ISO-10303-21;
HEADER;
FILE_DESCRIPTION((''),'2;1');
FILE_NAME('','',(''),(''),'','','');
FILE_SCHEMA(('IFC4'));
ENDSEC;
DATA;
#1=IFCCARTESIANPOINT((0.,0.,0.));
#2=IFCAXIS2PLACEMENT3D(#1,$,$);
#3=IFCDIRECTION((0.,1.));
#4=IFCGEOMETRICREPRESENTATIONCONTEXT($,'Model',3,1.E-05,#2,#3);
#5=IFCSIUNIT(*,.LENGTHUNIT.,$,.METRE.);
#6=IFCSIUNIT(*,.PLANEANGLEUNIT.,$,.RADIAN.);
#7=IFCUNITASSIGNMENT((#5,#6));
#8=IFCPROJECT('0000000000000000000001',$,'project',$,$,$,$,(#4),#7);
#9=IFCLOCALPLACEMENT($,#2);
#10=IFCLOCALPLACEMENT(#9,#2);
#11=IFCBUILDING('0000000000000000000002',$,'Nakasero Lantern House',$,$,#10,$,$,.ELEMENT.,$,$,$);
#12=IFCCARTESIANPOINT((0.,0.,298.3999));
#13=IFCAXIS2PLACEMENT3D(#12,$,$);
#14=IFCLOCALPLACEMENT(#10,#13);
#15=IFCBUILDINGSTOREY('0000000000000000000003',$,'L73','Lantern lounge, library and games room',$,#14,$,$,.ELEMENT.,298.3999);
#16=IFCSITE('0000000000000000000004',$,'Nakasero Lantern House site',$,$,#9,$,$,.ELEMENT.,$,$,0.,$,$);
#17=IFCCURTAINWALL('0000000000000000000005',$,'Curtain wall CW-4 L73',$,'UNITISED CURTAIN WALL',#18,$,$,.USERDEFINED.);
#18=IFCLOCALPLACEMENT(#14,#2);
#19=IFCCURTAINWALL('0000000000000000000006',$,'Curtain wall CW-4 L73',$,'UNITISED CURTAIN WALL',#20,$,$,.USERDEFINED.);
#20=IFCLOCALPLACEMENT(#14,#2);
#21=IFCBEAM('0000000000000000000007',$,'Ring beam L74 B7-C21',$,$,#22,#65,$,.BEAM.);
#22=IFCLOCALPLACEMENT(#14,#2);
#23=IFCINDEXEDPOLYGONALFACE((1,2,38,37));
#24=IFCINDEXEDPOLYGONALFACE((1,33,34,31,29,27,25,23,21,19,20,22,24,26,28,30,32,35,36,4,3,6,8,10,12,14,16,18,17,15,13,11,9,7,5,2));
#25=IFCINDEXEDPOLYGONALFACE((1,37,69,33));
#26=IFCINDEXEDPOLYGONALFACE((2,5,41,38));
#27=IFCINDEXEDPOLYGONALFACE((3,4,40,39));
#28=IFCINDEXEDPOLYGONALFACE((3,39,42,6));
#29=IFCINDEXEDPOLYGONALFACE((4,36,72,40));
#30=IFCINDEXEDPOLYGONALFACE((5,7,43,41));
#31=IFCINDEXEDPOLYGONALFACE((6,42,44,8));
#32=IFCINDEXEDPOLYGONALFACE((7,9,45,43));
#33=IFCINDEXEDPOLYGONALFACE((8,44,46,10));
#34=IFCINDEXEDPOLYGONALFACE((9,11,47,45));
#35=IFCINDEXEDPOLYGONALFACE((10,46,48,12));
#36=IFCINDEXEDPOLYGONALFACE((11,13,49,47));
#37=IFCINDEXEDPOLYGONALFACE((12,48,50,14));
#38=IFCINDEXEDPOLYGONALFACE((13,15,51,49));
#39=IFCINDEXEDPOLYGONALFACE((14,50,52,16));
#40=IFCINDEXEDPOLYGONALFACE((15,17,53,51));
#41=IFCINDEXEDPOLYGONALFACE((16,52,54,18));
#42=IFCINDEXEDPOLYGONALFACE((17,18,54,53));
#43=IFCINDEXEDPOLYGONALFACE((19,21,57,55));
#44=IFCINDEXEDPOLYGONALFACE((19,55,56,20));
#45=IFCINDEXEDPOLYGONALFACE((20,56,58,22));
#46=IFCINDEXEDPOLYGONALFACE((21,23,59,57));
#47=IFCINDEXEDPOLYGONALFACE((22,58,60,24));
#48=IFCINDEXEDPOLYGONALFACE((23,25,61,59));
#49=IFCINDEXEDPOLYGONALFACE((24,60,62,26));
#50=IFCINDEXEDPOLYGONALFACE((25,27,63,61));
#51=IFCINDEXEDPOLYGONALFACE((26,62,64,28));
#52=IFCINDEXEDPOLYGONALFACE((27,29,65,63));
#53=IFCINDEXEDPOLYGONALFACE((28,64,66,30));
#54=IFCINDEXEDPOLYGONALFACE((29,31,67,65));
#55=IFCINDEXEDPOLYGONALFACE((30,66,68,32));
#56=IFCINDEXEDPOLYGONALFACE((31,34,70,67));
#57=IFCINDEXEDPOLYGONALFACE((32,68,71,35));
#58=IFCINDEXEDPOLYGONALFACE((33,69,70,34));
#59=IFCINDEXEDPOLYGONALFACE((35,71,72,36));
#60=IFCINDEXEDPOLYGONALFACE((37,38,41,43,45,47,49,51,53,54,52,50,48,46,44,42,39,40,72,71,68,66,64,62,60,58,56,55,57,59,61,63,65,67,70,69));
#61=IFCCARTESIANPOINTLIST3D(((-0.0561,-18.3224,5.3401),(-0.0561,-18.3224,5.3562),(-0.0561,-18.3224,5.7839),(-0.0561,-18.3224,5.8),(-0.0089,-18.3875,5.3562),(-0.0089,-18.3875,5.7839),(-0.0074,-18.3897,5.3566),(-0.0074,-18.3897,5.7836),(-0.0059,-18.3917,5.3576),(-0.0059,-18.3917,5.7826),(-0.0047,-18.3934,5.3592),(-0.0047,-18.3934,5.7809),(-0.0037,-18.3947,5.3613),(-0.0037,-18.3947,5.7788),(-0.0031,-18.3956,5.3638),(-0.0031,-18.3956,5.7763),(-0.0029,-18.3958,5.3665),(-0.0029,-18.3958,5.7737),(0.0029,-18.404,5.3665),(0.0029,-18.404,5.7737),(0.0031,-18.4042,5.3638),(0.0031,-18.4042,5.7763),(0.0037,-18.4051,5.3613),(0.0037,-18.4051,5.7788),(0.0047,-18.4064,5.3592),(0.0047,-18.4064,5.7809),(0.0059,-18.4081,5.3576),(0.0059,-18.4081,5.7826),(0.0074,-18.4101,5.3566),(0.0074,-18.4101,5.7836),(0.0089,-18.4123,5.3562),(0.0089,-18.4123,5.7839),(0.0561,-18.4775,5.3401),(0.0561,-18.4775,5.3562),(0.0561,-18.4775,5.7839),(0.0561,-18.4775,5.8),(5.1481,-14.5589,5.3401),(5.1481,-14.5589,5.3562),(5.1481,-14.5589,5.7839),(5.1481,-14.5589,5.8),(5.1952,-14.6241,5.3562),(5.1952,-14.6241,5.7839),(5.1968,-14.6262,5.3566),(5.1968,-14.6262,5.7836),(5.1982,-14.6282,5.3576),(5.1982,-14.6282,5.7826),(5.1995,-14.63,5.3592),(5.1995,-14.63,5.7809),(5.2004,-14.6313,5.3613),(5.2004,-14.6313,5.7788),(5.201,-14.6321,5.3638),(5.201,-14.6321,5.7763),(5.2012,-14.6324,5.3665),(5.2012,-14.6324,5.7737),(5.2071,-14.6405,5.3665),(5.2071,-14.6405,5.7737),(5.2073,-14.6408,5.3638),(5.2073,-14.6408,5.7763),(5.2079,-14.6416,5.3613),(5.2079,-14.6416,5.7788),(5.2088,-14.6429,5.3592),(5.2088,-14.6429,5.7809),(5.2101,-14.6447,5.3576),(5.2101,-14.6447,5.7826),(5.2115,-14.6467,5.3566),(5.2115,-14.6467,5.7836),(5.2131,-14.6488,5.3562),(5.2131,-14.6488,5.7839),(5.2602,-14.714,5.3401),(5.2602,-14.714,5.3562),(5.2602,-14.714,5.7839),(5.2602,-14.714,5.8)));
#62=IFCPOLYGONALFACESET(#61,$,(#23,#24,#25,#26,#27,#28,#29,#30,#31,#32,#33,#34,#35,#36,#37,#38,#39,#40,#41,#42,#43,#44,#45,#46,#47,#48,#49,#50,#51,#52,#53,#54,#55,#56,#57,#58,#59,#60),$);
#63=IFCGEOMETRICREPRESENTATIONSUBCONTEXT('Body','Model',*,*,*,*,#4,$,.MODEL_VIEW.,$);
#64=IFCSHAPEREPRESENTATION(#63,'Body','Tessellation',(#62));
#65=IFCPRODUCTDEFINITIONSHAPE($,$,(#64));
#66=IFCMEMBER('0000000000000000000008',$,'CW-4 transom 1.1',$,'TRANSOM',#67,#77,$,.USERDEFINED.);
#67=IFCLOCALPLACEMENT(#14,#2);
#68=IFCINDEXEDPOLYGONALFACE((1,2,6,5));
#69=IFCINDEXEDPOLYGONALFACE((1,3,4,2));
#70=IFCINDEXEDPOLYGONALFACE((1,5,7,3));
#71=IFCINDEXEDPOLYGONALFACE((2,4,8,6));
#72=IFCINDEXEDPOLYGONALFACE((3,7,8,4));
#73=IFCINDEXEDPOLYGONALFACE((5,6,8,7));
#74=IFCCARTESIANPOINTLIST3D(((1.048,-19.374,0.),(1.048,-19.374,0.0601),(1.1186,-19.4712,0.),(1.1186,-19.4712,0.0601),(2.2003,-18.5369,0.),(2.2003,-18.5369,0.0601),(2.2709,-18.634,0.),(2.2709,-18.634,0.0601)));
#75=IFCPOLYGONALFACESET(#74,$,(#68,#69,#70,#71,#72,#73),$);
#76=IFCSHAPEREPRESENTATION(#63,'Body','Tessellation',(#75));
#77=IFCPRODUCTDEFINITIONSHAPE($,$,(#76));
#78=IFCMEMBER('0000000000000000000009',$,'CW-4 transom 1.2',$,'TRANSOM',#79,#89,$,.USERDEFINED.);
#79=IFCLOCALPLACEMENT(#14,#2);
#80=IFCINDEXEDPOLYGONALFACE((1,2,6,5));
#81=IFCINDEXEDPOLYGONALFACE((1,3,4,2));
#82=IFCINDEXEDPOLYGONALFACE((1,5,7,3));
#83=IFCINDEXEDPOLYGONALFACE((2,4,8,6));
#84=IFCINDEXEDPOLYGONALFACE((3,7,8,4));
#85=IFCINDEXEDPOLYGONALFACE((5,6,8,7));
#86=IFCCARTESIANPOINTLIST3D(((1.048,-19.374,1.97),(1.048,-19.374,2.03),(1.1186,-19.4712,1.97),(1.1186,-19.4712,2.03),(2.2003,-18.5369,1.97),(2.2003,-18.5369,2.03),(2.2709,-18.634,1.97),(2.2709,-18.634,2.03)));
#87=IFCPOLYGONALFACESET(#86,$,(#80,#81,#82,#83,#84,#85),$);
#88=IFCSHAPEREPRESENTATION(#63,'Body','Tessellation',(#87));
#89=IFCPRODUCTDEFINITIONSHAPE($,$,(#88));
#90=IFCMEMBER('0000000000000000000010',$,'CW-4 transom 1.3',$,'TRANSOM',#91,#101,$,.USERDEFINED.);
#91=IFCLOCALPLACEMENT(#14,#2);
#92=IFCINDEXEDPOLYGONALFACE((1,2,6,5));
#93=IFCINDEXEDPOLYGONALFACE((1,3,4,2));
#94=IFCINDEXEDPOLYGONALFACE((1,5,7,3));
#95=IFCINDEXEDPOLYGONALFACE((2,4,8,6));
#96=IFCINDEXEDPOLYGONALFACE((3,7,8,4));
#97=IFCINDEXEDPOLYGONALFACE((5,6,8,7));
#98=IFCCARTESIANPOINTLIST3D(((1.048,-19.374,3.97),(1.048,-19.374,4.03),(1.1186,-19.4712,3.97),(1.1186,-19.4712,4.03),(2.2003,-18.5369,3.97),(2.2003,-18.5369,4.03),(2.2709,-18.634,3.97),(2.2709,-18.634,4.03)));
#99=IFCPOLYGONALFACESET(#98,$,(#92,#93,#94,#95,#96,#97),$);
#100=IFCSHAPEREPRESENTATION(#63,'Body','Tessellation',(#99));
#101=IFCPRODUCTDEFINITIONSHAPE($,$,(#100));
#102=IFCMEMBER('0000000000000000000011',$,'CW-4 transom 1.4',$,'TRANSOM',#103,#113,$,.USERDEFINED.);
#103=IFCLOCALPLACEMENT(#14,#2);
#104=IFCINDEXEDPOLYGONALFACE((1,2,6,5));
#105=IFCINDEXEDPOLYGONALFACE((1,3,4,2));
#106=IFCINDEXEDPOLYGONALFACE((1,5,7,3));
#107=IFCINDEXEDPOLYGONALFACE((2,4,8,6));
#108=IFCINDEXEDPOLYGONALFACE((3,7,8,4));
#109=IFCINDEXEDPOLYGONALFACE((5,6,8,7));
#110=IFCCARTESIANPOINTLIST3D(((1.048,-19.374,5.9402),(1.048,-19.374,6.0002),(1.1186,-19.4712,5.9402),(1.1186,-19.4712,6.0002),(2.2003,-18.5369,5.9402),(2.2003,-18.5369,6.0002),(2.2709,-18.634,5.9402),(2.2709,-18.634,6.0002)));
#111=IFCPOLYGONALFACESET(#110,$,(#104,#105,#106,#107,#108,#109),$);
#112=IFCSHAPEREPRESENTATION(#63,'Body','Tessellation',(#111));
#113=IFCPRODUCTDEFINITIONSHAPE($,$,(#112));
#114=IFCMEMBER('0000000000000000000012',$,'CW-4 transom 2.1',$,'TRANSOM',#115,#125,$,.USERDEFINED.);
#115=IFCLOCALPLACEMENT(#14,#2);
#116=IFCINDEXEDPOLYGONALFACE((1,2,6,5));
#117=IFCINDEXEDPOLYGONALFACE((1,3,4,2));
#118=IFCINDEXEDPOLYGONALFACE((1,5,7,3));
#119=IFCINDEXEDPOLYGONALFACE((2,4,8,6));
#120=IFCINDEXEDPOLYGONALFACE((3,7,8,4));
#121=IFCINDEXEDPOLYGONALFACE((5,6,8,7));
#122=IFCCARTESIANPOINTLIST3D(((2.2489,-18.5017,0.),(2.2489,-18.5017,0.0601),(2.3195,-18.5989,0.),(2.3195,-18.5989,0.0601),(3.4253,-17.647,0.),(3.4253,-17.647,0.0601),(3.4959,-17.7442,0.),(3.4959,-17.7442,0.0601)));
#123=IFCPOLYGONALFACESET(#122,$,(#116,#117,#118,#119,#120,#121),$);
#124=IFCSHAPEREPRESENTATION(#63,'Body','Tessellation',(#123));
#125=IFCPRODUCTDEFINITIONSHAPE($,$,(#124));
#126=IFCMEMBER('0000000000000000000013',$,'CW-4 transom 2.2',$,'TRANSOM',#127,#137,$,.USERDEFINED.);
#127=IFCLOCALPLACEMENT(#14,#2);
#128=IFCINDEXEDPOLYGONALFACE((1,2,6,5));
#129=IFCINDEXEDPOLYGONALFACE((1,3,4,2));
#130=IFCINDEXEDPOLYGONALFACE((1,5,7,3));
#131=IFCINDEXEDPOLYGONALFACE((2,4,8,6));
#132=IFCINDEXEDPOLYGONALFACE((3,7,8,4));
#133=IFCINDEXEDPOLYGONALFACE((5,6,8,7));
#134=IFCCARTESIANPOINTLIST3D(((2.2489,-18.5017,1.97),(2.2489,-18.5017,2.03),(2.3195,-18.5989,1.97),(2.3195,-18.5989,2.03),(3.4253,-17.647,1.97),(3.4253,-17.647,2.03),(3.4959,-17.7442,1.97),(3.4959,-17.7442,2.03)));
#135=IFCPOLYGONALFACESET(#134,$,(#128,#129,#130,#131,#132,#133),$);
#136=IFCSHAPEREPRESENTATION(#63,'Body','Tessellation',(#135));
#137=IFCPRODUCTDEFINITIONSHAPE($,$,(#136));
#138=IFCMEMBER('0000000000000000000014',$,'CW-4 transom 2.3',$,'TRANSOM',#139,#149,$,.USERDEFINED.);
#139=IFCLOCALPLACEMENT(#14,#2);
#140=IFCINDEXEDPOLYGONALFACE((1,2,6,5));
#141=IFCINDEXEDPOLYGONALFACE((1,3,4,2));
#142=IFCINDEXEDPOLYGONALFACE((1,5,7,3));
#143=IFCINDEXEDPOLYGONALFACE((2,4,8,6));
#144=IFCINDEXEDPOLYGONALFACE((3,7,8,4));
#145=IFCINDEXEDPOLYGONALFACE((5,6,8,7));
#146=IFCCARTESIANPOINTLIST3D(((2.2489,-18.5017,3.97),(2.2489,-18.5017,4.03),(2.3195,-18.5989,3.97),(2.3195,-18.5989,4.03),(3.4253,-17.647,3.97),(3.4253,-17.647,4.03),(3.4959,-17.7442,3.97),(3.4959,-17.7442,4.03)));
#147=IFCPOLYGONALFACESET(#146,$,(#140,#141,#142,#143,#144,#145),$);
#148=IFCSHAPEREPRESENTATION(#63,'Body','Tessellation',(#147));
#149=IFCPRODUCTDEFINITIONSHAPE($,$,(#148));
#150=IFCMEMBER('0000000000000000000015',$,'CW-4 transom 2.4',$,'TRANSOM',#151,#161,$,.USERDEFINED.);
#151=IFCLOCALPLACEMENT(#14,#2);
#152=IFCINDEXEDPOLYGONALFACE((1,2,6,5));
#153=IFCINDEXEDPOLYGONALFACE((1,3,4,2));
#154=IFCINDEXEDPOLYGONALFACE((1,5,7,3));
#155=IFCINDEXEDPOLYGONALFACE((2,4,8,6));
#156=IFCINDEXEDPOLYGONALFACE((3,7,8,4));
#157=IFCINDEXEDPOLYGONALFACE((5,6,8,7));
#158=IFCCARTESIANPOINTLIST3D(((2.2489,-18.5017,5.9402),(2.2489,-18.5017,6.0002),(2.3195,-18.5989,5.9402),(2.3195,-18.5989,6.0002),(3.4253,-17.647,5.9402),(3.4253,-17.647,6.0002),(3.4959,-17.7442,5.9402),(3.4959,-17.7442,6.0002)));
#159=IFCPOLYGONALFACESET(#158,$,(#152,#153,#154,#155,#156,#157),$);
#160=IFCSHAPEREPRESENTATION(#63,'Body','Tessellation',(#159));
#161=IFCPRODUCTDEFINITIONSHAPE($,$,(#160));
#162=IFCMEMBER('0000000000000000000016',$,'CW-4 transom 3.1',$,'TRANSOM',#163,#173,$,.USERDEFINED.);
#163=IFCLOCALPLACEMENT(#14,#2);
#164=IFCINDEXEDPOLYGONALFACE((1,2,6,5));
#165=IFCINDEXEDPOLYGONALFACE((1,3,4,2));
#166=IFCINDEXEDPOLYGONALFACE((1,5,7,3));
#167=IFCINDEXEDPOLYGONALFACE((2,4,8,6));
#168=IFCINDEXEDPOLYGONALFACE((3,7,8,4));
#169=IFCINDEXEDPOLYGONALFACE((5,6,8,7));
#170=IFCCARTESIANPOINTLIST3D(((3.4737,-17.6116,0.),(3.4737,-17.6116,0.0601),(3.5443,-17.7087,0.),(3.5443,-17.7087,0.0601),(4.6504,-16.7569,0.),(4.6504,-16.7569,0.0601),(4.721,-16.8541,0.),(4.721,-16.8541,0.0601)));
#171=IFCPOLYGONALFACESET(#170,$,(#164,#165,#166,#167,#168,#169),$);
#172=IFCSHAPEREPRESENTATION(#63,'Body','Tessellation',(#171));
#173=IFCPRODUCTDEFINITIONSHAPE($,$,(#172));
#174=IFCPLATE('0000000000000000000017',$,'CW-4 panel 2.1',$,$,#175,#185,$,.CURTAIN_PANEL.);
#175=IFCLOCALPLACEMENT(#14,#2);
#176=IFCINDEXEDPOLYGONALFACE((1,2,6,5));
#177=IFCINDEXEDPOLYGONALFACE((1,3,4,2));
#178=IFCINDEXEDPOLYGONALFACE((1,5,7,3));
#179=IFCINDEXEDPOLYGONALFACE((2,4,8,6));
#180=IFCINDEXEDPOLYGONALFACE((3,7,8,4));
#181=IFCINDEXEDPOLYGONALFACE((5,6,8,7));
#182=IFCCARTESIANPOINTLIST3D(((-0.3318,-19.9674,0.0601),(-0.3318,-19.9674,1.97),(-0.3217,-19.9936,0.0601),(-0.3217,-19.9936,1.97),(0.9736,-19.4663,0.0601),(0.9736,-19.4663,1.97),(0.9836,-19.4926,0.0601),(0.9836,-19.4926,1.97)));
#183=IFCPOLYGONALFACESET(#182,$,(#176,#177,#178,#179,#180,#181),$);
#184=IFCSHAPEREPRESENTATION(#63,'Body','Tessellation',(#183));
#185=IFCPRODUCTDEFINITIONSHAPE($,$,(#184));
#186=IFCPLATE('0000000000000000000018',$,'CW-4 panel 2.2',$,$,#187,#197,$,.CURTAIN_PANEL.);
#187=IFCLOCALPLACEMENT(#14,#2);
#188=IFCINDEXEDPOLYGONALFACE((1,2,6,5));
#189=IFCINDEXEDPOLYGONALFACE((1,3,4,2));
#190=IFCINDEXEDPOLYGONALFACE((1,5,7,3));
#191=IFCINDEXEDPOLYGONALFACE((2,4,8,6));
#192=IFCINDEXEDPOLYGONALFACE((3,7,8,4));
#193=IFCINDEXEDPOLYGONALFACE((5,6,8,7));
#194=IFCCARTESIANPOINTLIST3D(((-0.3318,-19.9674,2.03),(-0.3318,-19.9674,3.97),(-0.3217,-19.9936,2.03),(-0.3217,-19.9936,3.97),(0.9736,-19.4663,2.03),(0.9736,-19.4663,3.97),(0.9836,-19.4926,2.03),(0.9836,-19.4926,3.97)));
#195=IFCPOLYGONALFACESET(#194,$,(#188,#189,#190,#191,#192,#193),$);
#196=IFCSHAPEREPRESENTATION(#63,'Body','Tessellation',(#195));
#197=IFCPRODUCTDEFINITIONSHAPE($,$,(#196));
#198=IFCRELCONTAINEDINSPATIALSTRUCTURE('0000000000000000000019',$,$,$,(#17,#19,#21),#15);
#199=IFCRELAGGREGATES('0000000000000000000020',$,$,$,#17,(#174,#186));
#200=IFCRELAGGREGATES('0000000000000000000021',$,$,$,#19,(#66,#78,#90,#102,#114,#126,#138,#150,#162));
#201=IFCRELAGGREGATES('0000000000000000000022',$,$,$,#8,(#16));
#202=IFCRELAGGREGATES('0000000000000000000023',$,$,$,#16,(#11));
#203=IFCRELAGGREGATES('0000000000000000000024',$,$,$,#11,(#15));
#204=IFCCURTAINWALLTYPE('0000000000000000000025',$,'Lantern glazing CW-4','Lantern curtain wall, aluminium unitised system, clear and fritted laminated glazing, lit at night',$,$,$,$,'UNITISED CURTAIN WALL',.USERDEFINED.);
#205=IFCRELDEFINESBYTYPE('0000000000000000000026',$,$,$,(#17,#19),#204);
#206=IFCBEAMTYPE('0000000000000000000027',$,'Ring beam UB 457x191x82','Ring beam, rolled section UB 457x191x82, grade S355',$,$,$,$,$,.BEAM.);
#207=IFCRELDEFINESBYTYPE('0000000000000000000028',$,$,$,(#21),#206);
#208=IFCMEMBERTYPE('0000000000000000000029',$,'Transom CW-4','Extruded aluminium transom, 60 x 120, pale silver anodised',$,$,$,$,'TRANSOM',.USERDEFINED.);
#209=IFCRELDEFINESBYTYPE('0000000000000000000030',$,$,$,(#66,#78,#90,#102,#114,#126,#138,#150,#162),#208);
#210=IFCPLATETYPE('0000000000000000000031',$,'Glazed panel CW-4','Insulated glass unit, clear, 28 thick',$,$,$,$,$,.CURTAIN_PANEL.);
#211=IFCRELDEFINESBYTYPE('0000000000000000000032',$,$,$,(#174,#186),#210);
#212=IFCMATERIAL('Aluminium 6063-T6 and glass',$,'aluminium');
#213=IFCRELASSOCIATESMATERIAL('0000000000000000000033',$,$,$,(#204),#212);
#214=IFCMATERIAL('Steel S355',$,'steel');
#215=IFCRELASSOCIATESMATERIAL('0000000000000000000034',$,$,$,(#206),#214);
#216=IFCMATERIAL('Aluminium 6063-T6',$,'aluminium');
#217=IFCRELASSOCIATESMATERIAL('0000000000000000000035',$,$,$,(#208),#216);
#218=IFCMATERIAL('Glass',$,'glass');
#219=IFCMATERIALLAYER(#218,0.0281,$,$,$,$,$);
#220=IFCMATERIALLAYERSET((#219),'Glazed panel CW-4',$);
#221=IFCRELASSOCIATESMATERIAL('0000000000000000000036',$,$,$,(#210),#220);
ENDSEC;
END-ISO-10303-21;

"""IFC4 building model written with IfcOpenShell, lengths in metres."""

from ifc_helpers import new_model, si_unit, direction, frame, origin, origin_2d, place, context, subcontext, project, spatial, rectangle, i_section, extrude, material, layer, layer_set, material_profile, profile_set, type_object, element, aggregate, save


model = new_model("IFC4")

# Units and contexts
model_context = context("Model", 3, precision=1e-05, world=origin(), true_north=direction((0.0, 1.0)))
body_context = subcontext(model_context, "Body", "Model", "MODEL_VIEW")
ifc_project = project(units=[si_unit("LENGTHUNIT", "METRE"), si_unit("PLANEANGLEUNIT", "RADIAN")], contexts=[model_context])

# Site, building, storey
site_placement = place(None, origin())
site = spatial("IfcSite", under=ifc_project, at=site_placement, Name="Nakasero Lantern House site", CompositionType="ELEMENT", RefElevation=0.0)
building_placement = place(site_placement, origin())
building = spatial("IfcBuilding", under=site, at=building_placement, Name="Nakasero Lantern House", CompositionType="ELEMENT")
storey_placement = place(building_placement, frame((0.0, 0.0, 298.3999)))
storey = spatial("IfcBuildingStorey", under=building, at=storey_placement, Name="L73", Description="Lantern lounge, library and games room", CompositionType="ELEMENT", Elevation=298.3999)

# Curtain wall
ifc_material_1 = material(Name="Aluminium 6063-T6 and glass", Category="aluminium")
curtain_wall_type = type_object("IfcCurtainWallType", Name="Lantern glazing CW-4", Description="Lantern curtain wall, aluminium unitised system, clear and fritted laminated glazing, lit at night", ElementType="UNITISED CURTAIN WALL", PredefinedType="USERDEFINED", material=ifc_material_1)
curtain_wall_1_placement = place(storey_placement, origin())
curtain_wall_1 = element("IfcCurtainWall", 1, at=curtain_wall_1_placement, inside=storey, type_object=curtain_wall_type, Name="Curtain wall CW-4 L73", ObjectType="UNITISED CURTAIN WALL", PredefinedType="USERDEFINED")

# Curtain wall
curtain_wall_2_placement = place(storey_placement, origin())
curtain_wall_2 = element("IfcCurtainWall", 2, at=curtain_wall_2_placement, inside=storey, type_object=curtain_wall_type, Name="Curtain wall CW-4 L73", ObjectType="UNITISED CURTAIN WALL", PredefinedType="USERDEFINED")

# Beam
ifc_material_2 = material(Name="Steel S355", Category="steel")
ifc_material_profile_1 = material_profile(ifc_material_2, i_section(OverallWidth=0.1914, OverallDepth=0.46, WebThickness=0.01, FlangeThickness=0.0161, FilletRadius=0.0103, at=origin_2d()), Name="UB 457x191x82")
ifc_profile_set_1 = profile_set([ifc_material_profile_1], Name="Steel S355")
beam_type_1 = type_object("IfcBeamType", Name="Ring beam UB 457x191x82", Description="Ring beam, rolled section UB 457x191x82, grade S355", PredefinedType="BEAM", material=ifc_profile_set_1)
beam_1_placement = place(storey_placement, frame((0.0, -18.3999, 5.5701), z_axis=(0.810316, 0.585993, 0.0), x_axis=(-0.585993, 0.810316, 0.0)))
element("IfcBeam", 3, at=beam_1_placement, inside=storey, type_object=beam_type_1, Name="Ring beam L74 B7-C21", PredefinedType="BEAM", context=body_context, shape_type="SweptSolid", body=[
    extrude(i_section(OverallWidth=0.1914, OverallDepth=0.46, WebThickness=0.01, FlangeThickness=0.0161, FilletRadius=0.0103, at=origin_2d()), origin(), (0.0, 0.0, 1.0), 6.4224),
])

# Members
ifc_material_3 = material(Name="Aluminium 6063-T6", Category="aluminium")
ifc_material_profile_2 = material_profile(ifc_material_3, rectangle(XDim=0.0601, YDim=0.1201, at=origin_2d()), Name="CW-4 transom 60x120")
ifc_profile_set_2 = profile_set([ifc_material_profile_2], Name="Aluminium 6063-T6")
member_type_1 = type_object("IfcMemberType", Name="Transom CW-4", Description="Extruded aluminium transom, 60 x 120, pale silver anodised", ElementType="TRANSOM", PredefinedType="USERDEFINED", material=ifc_profile_set_2)
member_1_placement = place(storey_placement, frame((1.0833, -19.4226, 0.03), z_axis=(0.80904, 0.587754, 0.0), x_axis=(0.0, 0.0, 1.0)))
member_1 = element("IfcMember", 4, at=member_1_placement, type_object=member_type_1, Name="CW-4 transom 1.1", ObjectType="TRANSOM", PredefinedType="USERDEFINED", context=body_context, shape_type="SweptSolid", body=[
    extrude(rectangle(XDim=0.0601, YDim=0.1201, at=origin_2d()), origin(), (0.0, 0.0, 1.0), 1.4243),
])
member_2_placement = place(storey_placement, frame((1.0833, -19.4226, 2.0), z_axis=(0.80904, 0.587754, 0.0), x_axis=(0.0, 0.0, 1.0)))
member_2 = element("IfcMember", 5, at=member_2_placement, type_object=member_type_1, Name="CW-4 transom 1.2", ObjectType="TRANSOM", PredefinedType="USERDEFINED", context=body_context, shape_type="SweptSolid", body=[
    extrude(rectangle(XDim=0.0601, YDim=0.1201, at=origin_2d()), origin(), (0.0, 0.0, 1.0), 1.4243),
])
member_3_placement = place(storey_placement, frame((1.0833, -19.4226, 4.0), z_axis=(0.80904, 0.587754, 0.0), x_axis=(0.0, 0.0, 1.0)))
member_3 = element("IfcMember", 6, at=member_3_placement, type_object=member_type_1, Name="CW-4 transom 1.3", ObjectType="TRANSOM", PredefinedType="USERDEFINED", context=body_context, shape_type="SweptSolid", body=[
    extrude(rectangle(XDim=0.0601, YDim=0.1201, at=origin_2d()), origin(), (0.0, 0.0, 1.0), 1.4243),
])
member_4_placement = place(storey_placement, frame((1.0833, -19.4226, 5.9702), z_axis=(0.80904, 0.587754, 0.0), x_axis=(0.0, 0.0, 1.0)))
member_4 = element("IfcMember", 7, at=member_4_placement, type_object=member_type_1, Name="CW-4 transom 1.4", ObjectType="TRANSOM", PredefinedType="USERDEFINED", context=body_context, shape_type="SweptSolid", body=[
    extrude(rectangle(XDim=0.0601, YDim=0.1201, at=origin_2d()), origin(), (0.0, 0.0, 1.0), 1.4243),
])
member_5_placement = place(storey_placement, frame((2.2842, -18.5503, 0.03), z_axis=(0.809034, 0.587762, 0.0), x_axis=(0.0, 0.0, 1.0)))
member_5 = element("IfcMember", 8, at=member_5_placement, type_object=member_type_1, Name="CW-4 transom 2.1", ObjectType="TRANSOM", PredefinedType="USERDEFINED", context=body_context, shape_type="SweptSolid", body=[
    extrude(rectangle(XDim=0.0601, YDim=0.1201, at=origin_2d()), origin(), (0.0, 0.0, 1.0), 1.4541),
])
member_6_placement = place(storey_placement, frame((2.2842, -18.5503, 2.0), z_axis=(0.809034, 0.587762, 0.0), x_axis=(0.0, 0.0, 1.0)))
member_6 = element("IfcMember", 9, at=member_6_placement, type_object=member_type_1, Name="CW-4 transom 2.2", ObjectType="TRANSOM", PredefinedType="USERDEFINED", context=body_context, shape_type="SweptSolid", body=[
    extrude(rectangle(XDim=0.0601, YDim=0.1201, at=origin_2d()), origin(), (0.0, 0.0, 1.0), 1.4541),
])
member_7_placement = place(storey_placement, frame((2.2842, -18.5503, 4.0), z_axis=(0.809034, 0.587762, 0.0), x_axis=(0.0, 0.0, 1.0)))
member_7 = element("IfcMember", 10, at=member_7_placement, type_object=member_type_1, Name="CW-4 transom 2.3", ObjectType="TRANSOM", PredefinedType="USERDEFINED", context=body_context, shape_type="SweptSolid", body=[
    extrude(rectangle(XDim=0.0601, YDim=0.1201, at=origin_2d()), origin(), (0.0, 0.0, 1.0), 1.4541),
])
member_8_placement = place(storey_placement, frame((2.2842, -18.5503, 5.9702), z_axis=(0.809034, 0.587762, 0.0), x_axis=(0.0, 0.0, 1.0)))
member_8 = element("IfcMember", 11, at=member_8_placement, type_object=member_type_1, Name="CW-4 transom 2.4", ObjectType="TRANSOM", PredefinedType="USERDEFINED", context=body_context, shape_type="SweptSolid", body=[
    extrude(rectangle(XDim=0.0601, YDim=0.1201, at=origin_2d()), origin(), (0.0, 0.0, 1.0), 1.4541),
])
member_9_placement = place(storey_placement, frame((3.509, -17.6602, 0.03), z_axis=(0.809092, 0.587683, 0.0), x_axis=(0.0, 0.0, 1.0)))
member_9 = element("IfcMember", 12, at=member_9_placement, type_object=member_type_1, Name="CW-4 transom 3.1", ObjectType="TRANSOM", PredefinedType="USERDEFINED", context=body_context, shape_type="SweptSolid", body=[
    extrude(rectangle(XDim=0.0601, YDim=0.1201, at=origin_2d()), origin(), (0.0, 0.0, 1.0), 1.4543),
])

# Plates
ifc_material_4 = material(Name="Glass", Category="glass")
ifc_layer = layer(ifc_material_4, 0.0281)
ifc_layer_set = layer_set([ifc_layer], Name="Glazed panel CW-4")
plate_type = type_object("IfcPlateType", Name="Glazed panel CW-4", Description="Insulated glass unit, clear, 28 thick", PredefinedType="CURTAIN_PANEL", material=ifc_layer_set)
plate_1_placement = place(storey_placement, frame((0.3259, -19.73, 0.0601), z_axis=(0.0, 0.0, 1.0), x_axis=(0.93358, 0.358368, 0.0)))
plate_1 = element("IfcPlate", 13, at=plate_1_placement, type_object=plate_type, Name="CW-4 panel 2.1", PredefinedType="CURTAIN_PANEL", context=body_context, shape_type="SweptSolid", body=[
    extrude(rectangle(XDim=1.3982, YDim=0.0281, at=origin_2d()), origin(), (0.0, 0.0, 1.0), 1.9099),
])
plate_2_placement = place(storey_placement, frame((0.3259, -19.73, 2.03), z_axis=(0.0, 0.0, 1.0), x_axis=(0.93358, 0.358368, 0.0)))
plate_2 = element("IfcPlate", 14, at=plate_2_placement, type_object=plate_type, Name="CW-4 panel 2.2", PredefinedType="CURTAIN_PANEL", context=body_context, shape_type="SweptSolid", body=[
    extrude(rectangle(XDim=1.3982, YDim=0.0281, at=origin_2d()), origin(), (0.0, 0.0, 1.0), 1.9399),
])
aggregate(curtain_wall_1, [plate_1, plate_2])
aggregate(curtain_wall_2, [member_1, member_2, member_3, member_4, member_5, member_6, member_7, member_8, member_9])

save(model, "model.ifc")
